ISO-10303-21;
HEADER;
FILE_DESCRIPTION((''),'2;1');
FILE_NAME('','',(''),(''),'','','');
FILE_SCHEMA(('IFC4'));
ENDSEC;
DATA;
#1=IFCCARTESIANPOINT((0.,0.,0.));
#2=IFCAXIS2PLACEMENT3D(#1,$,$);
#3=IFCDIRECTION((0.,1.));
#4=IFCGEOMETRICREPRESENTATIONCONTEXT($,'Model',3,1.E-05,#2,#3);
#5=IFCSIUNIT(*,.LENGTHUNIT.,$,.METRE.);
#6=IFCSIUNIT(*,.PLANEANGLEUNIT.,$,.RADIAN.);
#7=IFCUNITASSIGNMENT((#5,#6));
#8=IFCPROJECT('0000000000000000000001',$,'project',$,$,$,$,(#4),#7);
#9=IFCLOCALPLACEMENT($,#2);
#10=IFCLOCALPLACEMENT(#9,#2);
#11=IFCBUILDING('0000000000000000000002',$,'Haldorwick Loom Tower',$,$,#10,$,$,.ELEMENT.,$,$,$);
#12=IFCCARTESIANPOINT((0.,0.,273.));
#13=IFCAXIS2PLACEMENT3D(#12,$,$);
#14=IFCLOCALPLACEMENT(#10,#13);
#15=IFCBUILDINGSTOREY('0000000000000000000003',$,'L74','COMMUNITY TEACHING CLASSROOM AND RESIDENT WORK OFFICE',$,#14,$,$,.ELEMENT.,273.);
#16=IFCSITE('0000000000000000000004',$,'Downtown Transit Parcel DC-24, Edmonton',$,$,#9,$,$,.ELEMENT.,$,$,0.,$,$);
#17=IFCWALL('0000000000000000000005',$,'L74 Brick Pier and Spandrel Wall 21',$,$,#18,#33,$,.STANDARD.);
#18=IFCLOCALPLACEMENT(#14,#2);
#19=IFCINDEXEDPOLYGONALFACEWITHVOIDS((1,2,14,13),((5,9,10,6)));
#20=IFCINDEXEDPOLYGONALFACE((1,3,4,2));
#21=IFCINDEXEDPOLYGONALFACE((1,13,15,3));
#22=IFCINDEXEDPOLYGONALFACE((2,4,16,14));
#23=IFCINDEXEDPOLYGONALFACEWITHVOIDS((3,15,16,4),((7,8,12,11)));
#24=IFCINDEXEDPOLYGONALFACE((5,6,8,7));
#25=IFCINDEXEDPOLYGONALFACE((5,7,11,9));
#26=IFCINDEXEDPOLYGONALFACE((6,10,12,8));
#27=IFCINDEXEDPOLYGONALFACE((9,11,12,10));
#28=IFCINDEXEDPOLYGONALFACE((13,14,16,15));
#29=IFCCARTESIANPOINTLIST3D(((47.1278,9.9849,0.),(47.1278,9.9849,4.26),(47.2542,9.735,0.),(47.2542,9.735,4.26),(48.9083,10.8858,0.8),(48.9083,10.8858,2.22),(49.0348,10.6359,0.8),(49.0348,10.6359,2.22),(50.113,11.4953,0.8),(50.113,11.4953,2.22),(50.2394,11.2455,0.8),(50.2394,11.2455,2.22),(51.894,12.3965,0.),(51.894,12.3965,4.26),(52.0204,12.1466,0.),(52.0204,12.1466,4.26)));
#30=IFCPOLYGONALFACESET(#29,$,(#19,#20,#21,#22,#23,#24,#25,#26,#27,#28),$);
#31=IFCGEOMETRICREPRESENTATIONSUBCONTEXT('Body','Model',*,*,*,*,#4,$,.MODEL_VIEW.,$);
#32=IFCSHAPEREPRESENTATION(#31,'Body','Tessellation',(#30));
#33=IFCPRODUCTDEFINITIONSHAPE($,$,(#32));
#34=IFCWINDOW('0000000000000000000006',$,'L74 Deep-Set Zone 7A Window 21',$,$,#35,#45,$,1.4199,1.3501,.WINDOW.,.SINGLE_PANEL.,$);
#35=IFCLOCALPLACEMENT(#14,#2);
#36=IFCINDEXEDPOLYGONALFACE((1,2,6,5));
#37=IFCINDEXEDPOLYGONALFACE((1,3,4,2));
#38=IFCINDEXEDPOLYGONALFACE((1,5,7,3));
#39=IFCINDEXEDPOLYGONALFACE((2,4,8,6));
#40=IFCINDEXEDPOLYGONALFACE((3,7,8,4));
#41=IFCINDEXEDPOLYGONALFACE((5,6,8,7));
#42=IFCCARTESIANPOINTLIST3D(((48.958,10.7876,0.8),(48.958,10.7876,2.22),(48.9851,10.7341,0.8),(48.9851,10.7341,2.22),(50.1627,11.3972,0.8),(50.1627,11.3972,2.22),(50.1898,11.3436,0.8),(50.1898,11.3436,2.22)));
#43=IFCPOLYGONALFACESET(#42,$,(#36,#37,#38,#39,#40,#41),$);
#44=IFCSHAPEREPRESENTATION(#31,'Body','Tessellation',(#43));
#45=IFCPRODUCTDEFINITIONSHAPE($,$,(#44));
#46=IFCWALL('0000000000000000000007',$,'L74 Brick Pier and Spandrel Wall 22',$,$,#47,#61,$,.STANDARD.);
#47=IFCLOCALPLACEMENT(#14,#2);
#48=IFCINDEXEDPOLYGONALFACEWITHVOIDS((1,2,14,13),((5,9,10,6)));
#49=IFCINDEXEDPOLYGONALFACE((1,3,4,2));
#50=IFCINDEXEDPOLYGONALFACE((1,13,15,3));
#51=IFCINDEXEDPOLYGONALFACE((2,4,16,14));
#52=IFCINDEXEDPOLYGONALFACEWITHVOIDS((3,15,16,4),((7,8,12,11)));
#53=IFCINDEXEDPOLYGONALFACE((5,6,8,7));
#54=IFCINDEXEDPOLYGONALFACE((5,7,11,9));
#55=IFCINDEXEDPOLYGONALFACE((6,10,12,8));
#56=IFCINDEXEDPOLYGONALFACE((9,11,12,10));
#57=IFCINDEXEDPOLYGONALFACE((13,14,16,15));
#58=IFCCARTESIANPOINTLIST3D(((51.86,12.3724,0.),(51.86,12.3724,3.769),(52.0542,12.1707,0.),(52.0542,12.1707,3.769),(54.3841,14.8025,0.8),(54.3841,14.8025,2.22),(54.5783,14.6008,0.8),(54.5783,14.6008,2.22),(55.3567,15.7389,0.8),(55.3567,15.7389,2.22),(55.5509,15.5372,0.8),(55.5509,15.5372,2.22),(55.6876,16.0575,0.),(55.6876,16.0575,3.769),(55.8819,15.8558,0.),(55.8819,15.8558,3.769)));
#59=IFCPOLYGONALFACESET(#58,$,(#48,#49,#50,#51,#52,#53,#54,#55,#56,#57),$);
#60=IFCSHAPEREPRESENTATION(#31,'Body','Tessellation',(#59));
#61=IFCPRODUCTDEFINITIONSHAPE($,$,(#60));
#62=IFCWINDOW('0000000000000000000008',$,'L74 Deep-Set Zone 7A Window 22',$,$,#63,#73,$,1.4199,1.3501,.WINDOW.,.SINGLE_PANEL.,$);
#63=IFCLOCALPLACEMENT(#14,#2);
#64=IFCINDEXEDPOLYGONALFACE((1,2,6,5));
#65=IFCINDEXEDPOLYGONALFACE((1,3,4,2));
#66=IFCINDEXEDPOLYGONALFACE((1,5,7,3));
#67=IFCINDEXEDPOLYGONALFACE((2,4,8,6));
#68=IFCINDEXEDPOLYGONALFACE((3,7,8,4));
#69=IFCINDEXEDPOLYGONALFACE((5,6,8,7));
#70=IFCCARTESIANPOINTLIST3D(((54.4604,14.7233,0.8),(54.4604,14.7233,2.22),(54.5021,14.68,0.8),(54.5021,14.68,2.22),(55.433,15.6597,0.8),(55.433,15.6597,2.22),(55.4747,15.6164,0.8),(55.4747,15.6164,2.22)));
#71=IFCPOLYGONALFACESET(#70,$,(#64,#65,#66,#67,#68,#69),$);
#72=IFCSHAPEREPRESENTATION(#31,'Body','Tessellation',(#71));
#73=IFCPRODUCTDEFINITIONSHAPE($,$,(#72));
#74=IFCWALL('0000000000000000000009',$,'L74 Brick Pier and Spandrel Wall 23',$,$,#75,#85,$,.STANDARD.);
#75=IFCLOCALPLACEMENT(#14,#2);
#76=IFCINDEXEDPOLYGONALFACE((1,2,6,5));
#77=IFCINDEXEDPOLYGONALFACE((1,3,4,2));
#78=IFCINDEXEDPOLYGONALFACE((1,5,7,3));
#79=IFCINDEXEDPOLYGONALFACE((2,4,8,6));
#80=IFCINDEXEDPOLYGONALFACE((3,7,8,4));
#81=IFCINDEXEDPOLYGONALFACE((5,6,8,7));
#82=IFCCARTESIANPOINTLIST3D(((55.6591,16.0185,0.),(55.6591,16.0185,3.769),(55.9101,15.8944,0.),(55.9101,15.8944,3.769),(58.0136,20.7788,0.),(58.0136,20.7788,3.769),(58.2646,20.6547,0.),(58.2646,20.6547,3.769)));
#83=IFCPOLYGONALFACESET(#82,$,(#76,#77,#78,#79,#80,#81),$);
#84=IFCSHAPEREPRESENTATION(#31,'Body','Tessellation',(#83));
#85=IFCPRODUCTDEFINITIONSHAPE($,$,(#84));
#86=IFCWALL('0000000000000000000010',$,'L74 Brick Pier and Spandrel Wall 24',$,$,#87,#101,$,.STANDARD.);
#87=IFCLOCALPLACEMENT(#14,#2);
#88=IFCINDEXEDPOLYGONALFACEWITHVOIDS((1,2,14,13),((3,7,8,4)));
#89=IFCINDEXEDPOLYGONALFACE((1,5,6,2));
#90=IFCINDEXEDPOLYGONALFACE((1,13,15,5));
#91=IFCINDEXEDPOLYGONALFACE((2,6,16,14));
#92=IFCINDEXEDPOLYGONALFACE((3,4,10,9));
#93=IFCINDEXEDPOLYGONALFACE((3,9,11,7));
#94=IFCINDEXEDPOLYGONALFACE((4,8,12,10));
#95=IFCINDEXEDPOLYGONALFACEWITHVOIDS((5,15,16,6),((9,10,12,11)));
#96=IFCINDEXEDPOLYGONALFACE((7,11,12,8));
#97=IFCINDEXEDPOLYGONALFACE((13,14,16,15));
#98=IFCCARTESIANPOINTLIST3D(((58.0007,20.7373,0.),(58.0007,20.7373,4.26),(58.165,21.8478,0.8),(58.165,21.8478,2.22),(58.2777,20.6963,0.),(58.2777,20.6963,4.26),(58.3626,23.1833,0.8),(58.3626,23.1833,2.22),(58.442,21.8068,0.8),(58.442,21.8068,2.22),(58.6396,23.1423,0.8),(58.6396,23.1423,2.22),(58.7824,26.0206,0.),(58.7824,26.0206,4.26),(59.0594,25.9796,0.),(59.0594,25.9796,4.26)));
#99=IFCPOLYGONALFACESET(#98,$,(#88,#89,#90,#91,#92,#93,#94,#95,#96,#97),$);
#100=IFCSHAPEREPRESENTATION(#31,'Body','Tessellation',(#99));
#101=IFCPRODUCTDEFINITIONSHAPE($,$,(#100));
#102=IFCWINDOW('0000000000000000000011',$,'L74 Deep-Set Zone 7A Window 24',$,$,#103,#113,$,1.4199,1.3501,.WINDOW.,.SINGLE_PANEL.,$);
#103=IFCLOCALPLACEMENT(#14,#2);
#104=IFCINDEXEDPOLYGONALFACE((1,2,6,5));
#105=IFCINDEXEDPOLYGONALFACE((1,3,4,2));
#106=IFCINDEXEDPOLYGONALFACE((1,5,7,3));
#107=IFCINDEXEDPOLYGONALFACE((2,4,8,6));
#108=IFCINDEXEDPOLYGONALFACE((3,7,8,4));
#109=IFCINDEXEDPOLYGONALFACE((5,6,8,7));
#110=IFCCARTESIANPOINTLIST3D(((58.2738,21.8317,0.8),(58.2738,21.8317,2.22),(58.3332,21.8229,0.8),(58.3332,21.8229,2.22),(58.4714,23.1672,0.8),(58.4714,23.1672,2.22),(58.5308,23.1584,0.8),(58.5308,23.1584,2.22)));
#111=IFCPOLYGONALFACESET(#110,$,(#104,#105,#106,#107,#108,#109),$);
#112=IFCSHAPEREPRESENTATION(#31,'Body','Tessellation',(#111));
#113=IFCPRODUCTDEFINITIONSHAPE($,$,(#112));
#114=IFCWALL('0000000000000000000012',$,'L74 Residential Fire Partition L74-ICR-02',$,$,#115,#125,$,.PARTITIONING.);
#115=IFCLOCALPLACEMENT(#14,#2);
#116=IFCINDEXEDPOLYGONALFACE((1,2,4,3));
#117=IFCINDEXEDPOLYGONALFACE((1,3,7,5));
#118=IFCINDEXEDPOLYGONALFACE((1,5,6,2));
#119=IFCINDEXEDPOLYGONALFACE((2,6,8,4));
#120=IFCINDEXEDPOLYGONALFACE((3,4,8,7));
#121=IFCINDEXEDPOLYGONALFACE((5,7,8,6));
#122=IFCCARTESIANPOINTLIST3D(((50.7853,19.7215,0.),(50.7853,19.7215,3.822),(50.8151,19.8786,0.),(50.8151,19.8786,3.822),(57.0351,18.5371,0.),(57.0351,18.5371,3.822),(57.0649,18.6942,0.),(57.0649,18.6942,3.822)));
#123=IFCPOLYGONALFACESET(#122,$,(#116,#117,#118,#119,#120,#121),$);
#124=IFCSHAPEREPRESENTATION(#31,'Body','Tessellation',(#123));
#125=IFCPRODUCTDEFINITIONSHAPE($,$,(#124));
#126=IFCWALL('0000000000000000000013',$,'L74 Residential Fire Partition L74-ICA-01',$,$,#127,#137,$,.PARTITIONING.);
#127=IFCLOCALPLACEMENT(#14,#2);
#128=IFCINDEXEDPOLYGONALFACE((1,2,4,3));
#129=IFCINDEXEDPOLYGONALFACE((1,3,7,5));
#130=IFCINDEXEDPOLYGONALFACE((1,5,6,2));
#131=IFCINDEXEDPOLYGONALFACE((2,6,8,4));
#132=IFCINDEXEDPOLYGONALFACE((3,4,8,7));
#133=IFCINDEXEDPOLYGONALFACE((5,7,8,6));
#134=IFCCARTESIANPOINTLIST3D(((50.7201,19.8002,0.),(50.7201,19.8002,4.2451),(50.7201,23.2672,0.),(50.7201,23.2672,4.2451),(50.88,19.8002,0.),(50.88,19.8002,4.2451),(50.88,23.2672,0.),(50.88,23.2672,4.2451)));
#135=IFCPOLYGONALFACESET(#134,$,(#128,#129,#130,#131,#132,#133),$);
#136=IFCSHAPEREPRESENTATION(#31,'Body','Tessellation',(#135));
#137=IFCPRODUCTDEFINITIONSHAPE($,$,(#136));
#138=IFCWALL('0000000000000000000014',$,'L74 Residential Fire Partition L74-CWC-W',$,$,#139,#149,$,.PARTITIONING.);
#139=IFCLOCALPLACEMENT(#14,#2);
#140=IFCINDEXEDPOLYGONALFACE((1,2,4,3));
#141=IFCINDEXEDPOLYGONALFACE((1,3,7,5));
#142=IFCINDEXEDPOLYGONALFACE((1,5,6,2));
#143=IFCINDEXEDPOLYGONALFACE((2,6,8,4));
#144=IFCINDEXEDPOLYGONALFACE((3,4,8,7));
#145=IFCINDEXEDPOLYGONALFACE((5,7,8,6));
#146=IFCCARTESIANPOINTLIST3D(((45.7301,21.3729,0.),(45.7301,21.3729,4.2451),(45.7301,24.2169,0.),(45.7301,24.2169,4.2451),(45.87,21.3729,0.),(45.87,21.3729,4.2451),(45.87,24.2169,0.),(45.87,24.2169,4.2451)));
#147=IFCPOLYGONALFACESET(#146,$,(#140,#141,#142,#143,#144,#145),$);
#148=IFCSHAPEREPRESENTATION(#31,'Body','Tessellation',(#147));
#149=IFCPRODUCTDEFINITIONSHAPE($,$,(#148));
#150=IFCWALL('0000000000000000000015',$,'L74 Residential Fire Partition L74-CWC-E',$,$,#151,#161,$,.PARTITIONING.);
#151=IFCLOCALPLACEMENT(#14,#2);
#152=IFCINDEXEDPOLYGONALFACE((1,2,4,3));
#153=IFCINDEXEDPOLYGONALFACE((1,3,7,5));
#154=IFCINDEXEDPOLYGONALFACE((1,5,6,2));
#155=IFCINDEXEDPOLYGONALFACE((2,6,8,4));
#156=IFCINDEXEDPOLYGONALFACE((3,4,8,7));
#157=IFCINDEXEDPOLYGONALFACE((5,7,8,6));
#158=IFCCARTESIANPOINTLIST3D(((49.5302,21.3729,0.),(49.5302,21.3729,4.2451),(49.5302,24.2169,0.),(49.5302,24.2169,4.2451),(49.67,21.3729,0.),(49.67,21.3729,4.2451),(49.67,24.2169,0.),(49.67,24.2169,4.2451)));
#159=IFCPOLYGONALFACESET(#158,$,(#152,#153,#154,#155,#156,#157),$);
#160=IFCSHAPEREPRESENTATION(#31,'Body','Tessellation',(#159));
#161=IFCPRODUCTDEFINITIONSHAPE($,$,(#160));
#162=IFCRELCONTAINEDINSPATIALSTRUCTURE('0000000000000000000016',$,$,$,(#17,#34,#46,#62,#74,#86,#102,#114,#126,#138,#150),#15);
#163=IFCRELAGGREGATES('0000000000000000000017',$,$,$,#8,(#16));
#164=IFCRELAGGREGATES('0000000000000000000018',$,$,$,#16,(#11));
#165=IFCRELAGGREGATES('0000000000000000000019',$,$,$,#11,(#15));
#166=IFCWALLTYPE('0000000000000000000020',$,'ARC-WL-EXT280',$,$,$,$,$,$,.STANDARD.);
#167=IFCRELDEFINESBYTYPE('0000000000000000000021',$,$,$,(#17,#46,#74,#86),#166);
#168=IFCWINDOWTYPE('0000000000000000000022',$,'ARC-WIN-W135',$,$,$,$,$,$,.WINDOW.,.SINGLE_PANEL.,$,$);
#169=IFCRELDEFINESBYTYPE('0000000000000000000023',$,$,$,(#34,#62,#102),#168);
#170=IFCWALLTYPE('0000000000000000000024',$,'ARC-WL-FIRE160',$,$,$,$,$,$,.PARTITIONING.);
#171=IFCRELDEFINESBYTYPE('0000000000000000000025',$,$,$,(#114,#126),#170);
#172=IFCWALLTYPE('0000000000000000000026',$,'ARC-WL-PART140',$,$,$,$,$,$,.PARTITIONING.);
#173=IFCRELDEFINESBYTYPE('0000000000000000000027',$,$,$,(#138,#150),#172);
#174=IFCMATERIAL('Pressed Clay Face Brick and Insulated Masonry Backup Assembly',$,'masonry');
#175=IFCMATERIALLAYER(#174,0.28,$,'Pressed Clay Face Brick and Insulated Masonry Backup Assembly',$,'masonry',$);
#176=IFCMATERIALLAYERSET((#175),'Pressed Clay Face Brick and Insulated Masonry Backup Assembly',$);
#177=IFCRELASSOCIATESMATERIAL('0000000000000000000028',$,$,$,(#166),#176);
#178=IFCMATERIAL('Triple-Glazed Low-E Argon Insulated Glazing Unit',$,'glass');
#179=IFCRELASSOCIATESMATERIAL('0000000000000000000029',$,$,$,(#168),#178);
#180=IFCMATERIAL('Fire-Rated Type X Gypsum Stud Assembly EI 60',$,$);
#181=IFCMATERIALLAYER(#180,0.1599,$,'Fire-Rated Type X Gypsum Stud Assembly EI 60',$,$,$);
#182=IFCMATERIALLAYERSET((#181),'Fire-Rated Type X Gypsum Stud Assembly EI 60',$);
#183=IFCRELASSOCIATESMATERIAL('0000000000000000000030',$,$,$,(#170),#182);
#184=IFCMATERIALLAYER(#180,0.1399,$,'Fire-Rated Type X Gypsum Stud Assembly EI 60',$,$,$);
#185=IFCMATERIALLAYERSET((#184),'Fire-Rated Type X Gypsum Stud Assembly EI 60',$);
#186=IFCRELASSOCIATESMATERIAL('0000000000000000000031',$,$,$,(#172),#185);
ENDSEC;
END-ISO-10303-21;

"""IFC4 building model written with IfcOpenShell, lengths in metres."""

from ifc_helpers import new_model, si_unit, direction, frame, frame_2d, origin, place, context, subcontext, project, spatial, rectangle, extrude, material, layer, layer_set, type_object, element, fill, save


model = new_model("IFC4")

# Units and contexts
model_context = context("Model", 3, precision=1e-05, world=origin(), true_north=direction((0.0, 1.0)))
body_context = subcontext(model_context, "Body", "Model", "MODEL_VIEW")
ifc_project = project(units=[si_unit("LENGTHUNIT", "METRE"), si_unit("PLANEANGLEUNIT", "RADIAN")], contexts=[model_context])

# Site, building, storey
site_placement = place(None, origin())
site = spatial("IfcSite", under=ifc_project, at=site_placement, Name="Downtown Transit Parcel DC-24, Edmonton", CompositionType="ELEMENT", RefElevation=0.0)
building_placement = place(site_placement, origin())
building = spatial("IfcBuilding", under=site, at=building_placement, Name="Haldorwick Loom Tower", CompositionType="ELEMENT")
storey_placement = place(building_placement, frame((0.0, 0.0, 273.0)))
storey = spatial("IfcBuildingStorey", under=building, at=storey_placement, Name="L74", Description="COMMUNITY TEACHING CLASSROOM AND RESIDENT WORK OFFICE", CompositionType="ELEMENT", Elevation=273.0)

# Walls, openings, windows
ifc_material_1 = material(Name="Pressed Clay Face Brick and Insulated Masonry Backup Assembly", Category="masonry")
ifc_layer_1 = layer(ifc_material_1, 0.28, Name="Pressed Clay Face Brick and Insulated Masonry Backup Assembly", Category="masonry")
ifc_layer_set_1 = layer_set([ifc_layer_1], Name="Pressed Clay Face Brick and Insulated Masonry Backup Assembly")
wall_type_1 = type_object("IfcWallType", Name="ARC-WL-EXT280", PredefinedType="STANDARD", material=ifc_layer_set_1)
wall_1_placement = place(storey_placement, frame((47.1909, 9.8599, 0.0), z_axis=(0.0, 0.0, 1.0), x_axis=(0.892278, 0.451487, 0.0)))
wall_1 = element("IfcWall", 1, at=wall_1_placement, inside=storey, type_object=wall_type_1, Name="L74 Brick Pier and Spandrel Wall 21", PredefinedType="STANDARD", context=body_context, shape_type="SweptSolid", body=[
    extrude(rectangle(XDim=5.3416, YDim=0.28, at=frame_2d((2.6709, 0.0))), origin(), (0.0, 0.0, 1.0), 4.26),
])
opening_1_placement = place(wall_1_placement, frame((1.9956, 0.0, 0.8)))
opening_1 = element("IfcOpeningElement", 2, at=opening_1_placement, cuts=wall_1, PredefinedType="OPENING", context=body_context, shape_type="SweptSolid", body=[
    extrude(rectangle(XDim=1.3501, YDim=1.4199, at=frame_2d((0.675, 0.71))), frame((0.0, 0.1499, 0.0), z_axis=(0.0, -1.0, 0.0), x_axis=(1.0, 0.0, 0.0)), (0.0, 0.0, 1.0), 0.3),
])
ifc_material_2 = material(Name="Triple-Glazed Low-E Argon Insulated Glazing Unit", Category="glass")
window_type = type_object("IfcWindowType", Name="ARC-WIN-W135", PartitioningType="SINGLE_PANEL", PredefinedType="WINDOW", material=ifc_material_2)
window_1_placement = place(opening_1_placement, origin())
window_1 = element("IfcWindow", 3, at=window_1_placement, inside=storey, type_object=window_type, Name="L74 Deep-Set Zone 7A Window 21", OverallHeight=1.4199, OverallWidth=1.3501, PartitioningType="SINGLE_PANEL", PredefinedType="WINDOW", context=body_context, shape_type="SweptSolid", body=[
    extrude(rectangle(XDim=1.3501, YDim=1.4199, at=frame_2d((0.675, 0.71))), frame((0.0, 0.03, 0.0), z_axis=(0.0, -1.0, 0.0), x_axis=(1.0, 0.0, 0.0)), (0.0, 0.0, 1.0), 0.0601),
])
fill(opening_1, window_1)
wall_2_placement = place(storey_placement, frame((51.957, 12.2715, 0.0), z_axis=(0.0, 0.0, 1.0), x_axis=(0.720397, 0.693562, 0.0)))
wall_2 = element("IfcWall", 4, at=wall_2_placement, inside=storey, type_object=wall_type_1, Name="L74 Brick Pier and Spandrel Wall 22", PredefinedType="STANDARD", context=body_context, shape_type="SweptSolid", body=[
    extrude(rectangle(XDim=5.3132, YDim=0.28, at=frame_2d((2.6567, 0.0))), origin(), (0.0, 0.0, 1.0), 3.769),
])
opening_2_placement = place(wall_2_placement, frame((3.5039, 0.0, 0.8)))
opening_2 = element("IfcOpeningElement", 5, at=opening_2_placement, cuts=wall_2, PredefinedType="OPENING", context=body_context, shape_type="SweptSolid", body=[
    extrude(rectangle(XDim=1.3501, YDim=1.4199, at=frame_2d((0.675, 0.71))), frame((0.0, 0.1499, 0.0), z_axis=(0.0, -1.0, 0.0), x_axis=(1.0, 0.0, 0.0)), (0.0, 0.0, 1.0), 0.3),
])
window_2_placement = place(opening_2_placement, origin())
window_2 = element("IfcWindow", 6, at=window_2_placement, inside=storey, type_object=window_type, Name="L74 Deep-Set Zone 7A Window 22", OverallHeight=1.4199, OverallWidth=1.3501, PartitioningType="SINGLE_PANEL", PredefinedType="WINDOW", context=body_context, shape_type="SweptSolid", body=[
    extrude(rectangle(XDim=1.3501, YDim=1.4199, at=frame_2d((0.675, 0.71))), frame((0.0, 0.03, 0.0), z_axis=(0.0, -1.0, 0.0), x_axis=(1.0, 0.0, 0.0)), (0.0, 0.0, 1.0), 0.0601),
])
fill(opening_2, window_2)

# Wall
wall_3_placement = place(storey_placement, frame((55.7847, 15.9565, 0.0), z_axis=(0.0, 0.0, 1.0), x_axis=(0.443348, 0.89635, 0.0)))
element("IfcWall", 7, at=wall_3_placement, inside=storey, type_object=wall_type_1, Name="L74 Brick Pier and Spandrel Wall 23", PredefinedType="STANDARD", context=body_context, shape_type="SweptSolid", body=[
    extrude(rectangle(XDim=5.3108, YDim=0.28, at=frame_2d((2.6553, 0.0))), origin(), (0.0, 0.0, 1.0), 3.769),
])

# Wall, opening, window
wall_4_placement = place(storey_placement, frame((58.1392, 20.7168, 0.0), z_axis=(0.0, 0.0, 1.0), x_axis=(0.146373, 0.989229, 0.0)))
wall_4 = element("IfcWall", 8, at=wall_4_placement, inside=storey, type_object=wall_type_1, Name="L74 Brick Pier and Spandrel Wall 24", PredefinedType="STANDARD", context=body_context, shape_type="SweptSolid", body=[
    extrude(rectangle(XDim=5.3408, YDim=0.28, at=frame_2d((2.6704, 0.0))), origin(), (0.0, 0.0, 1.0), 4.26),
])
opening_3_placement = place(wall_4_placement, frame((1.1226, 0.0, 0.8)))
opening_3 = element("IfcOpeningElement", 9, at=opening_3_placement, cuts=wall_4, PredefinedType="OPENING", context=body_context, shape_type="SweptSolid", body=[
    extrude(rectangle(XDim=1.3501, YDim=1.4199, at=frame_2d((0.675, 0.71))), frame((0.0, 0.1499, 0.0), z_axis=(0.0, -1.0, 0.0), x_axis=(1.0, 0.0, 0.0)), (0.0, 0.0, 1.0), 0.3),
])
window_3_placement = place(opening_3_placement, origin())
window_3 = element("IfcWindow", 10, at=window_3_placement, inside=storey, type_object=window_type, Name="L74 Deep-Set Zone 7A Window 24", OverallHeight=1.4199, OverallWidth=1.3501, PartitioningType="SINGLE_PANEL", PredefinedType="WINDOW", context=body_context, shape_type="SweptSolid", body=[
    extrude(rectangle(XDim=1.3501, YDim=1.4199, at=frame_2d((0.675, 0.71))), frame((0.0, 0.03, 0.0), z_axis=(0.0, -1.0, 0.0), x_axis=(1.0, 0.0, 0.0)), (0.0, 0.0, 1.0), 0.0601),
])
fill(opening_3, window_3)

# Walls
ifc_material_3 = material(Name="Fire-Rated Type X Gypsum Stud Assembly EI 60")
ifc_layer_2 = layer(ifc_material_3, 0.1599, Name="Fire-Rated Type X Gypsum Stud Assembly EI 60")
ifc_layer_set_2 = layer_set([ifc_layer_2], Name="Fire-Rated Type X Gypsum Stud Assembly EI 60")
wall_type_2 = type_object("IfcWallType", Name="ARC-WL-FIRE160", PredefinedType="PARTITIONING", material=ifc_layer_set_2)
wall_5_placement = place(storey_placement, frame((50.8, 19.8, 0.0), z_axis=(0.0, 0.0, 1.0), x_axis=(0.982514, -0.186186, 0.0)))
element("IfcWall", 11, at=wall_5_placement, inside=storey, type_object=wall_type_2, Name="L74 Residential Fire Partition L74-ICR-02", PredefinedType="PARTITIONING", context=body_context, shape_type="SweptSolid", body=[
    extrude(rectangle(XDim=6.3611, YDim=0.1599, at=frame_2d((3.1807, 0.0))), origin(), (0.0, 0.0, 1.0), 3.822),
])
wall_6_placement = place(storey_placement, frame((50.8, 23.2671, 0.0), z_axis=(0.0, 0.0, 1.0), x_axis=(0.0, -1.0, 0.0)))
element("IfcWall", 12, at=wall_6_placement, inside=storey, type_object=wall_type_2, Name="L74 Residential Fire Partition L74-ICA-01", PredefinedType="PARTITIONING", context=body_context, shape_type="SweptSolid", body=[
    extrude(rectangle(XDim=3.467, YDim=0.1599, at=frame_2d((1.7334, 0.0))), origin(), (0.0, 0.0, 1.0), 4.2451),
])
ifc_layer_3 = layer(ifc_material_3, 0.1399, Name="Fire-Rated Type X Gypsum Stud Assembly EI 60")
ifc_layer_set_3 = layer_set([ifc_layer_3], Name="Fire-Rated Type X Gypsum Stud Assembly EI 60")
wall_type_3 = type_object("IfcWallType", Name="ARC-WL-PART140", PredefinedType="PARTITIONING", material=ifc_layer_set_3)
for number, where, z_axis, x_axis, name in (
    (13, (45.8, 21.373, 0.0), (0.0, 0.0, 1.0), (0.0, 1.0, 0.0), "L74 Residential Fire Partition L74-CWC-W"),
    (14, (49.6001, 21.373, 0.0), (0.0, 0.0, 1.0), (0.0, 1.0, 0.0), "L74 Residential Fire Partition L74-CWC-E"),
):
    element("IfcWall", number, at=place(storey_placement, frame(where, z_axis=z_axis, x_axis=x_axis)), inside=storey, type_object=wall_type_3, Name=name, PredefinedType="PARTITIONING", context=body_context, shape_type="SweptSolid", body=[
        extrude(rectangle(XDim=2.844, YDim=0.1399, at=frame_2d((1.4219, 0.0))), origin(), (0.0, 0.0, 1.0), 4.2451),
    ])

save(model, "model.ifc")
